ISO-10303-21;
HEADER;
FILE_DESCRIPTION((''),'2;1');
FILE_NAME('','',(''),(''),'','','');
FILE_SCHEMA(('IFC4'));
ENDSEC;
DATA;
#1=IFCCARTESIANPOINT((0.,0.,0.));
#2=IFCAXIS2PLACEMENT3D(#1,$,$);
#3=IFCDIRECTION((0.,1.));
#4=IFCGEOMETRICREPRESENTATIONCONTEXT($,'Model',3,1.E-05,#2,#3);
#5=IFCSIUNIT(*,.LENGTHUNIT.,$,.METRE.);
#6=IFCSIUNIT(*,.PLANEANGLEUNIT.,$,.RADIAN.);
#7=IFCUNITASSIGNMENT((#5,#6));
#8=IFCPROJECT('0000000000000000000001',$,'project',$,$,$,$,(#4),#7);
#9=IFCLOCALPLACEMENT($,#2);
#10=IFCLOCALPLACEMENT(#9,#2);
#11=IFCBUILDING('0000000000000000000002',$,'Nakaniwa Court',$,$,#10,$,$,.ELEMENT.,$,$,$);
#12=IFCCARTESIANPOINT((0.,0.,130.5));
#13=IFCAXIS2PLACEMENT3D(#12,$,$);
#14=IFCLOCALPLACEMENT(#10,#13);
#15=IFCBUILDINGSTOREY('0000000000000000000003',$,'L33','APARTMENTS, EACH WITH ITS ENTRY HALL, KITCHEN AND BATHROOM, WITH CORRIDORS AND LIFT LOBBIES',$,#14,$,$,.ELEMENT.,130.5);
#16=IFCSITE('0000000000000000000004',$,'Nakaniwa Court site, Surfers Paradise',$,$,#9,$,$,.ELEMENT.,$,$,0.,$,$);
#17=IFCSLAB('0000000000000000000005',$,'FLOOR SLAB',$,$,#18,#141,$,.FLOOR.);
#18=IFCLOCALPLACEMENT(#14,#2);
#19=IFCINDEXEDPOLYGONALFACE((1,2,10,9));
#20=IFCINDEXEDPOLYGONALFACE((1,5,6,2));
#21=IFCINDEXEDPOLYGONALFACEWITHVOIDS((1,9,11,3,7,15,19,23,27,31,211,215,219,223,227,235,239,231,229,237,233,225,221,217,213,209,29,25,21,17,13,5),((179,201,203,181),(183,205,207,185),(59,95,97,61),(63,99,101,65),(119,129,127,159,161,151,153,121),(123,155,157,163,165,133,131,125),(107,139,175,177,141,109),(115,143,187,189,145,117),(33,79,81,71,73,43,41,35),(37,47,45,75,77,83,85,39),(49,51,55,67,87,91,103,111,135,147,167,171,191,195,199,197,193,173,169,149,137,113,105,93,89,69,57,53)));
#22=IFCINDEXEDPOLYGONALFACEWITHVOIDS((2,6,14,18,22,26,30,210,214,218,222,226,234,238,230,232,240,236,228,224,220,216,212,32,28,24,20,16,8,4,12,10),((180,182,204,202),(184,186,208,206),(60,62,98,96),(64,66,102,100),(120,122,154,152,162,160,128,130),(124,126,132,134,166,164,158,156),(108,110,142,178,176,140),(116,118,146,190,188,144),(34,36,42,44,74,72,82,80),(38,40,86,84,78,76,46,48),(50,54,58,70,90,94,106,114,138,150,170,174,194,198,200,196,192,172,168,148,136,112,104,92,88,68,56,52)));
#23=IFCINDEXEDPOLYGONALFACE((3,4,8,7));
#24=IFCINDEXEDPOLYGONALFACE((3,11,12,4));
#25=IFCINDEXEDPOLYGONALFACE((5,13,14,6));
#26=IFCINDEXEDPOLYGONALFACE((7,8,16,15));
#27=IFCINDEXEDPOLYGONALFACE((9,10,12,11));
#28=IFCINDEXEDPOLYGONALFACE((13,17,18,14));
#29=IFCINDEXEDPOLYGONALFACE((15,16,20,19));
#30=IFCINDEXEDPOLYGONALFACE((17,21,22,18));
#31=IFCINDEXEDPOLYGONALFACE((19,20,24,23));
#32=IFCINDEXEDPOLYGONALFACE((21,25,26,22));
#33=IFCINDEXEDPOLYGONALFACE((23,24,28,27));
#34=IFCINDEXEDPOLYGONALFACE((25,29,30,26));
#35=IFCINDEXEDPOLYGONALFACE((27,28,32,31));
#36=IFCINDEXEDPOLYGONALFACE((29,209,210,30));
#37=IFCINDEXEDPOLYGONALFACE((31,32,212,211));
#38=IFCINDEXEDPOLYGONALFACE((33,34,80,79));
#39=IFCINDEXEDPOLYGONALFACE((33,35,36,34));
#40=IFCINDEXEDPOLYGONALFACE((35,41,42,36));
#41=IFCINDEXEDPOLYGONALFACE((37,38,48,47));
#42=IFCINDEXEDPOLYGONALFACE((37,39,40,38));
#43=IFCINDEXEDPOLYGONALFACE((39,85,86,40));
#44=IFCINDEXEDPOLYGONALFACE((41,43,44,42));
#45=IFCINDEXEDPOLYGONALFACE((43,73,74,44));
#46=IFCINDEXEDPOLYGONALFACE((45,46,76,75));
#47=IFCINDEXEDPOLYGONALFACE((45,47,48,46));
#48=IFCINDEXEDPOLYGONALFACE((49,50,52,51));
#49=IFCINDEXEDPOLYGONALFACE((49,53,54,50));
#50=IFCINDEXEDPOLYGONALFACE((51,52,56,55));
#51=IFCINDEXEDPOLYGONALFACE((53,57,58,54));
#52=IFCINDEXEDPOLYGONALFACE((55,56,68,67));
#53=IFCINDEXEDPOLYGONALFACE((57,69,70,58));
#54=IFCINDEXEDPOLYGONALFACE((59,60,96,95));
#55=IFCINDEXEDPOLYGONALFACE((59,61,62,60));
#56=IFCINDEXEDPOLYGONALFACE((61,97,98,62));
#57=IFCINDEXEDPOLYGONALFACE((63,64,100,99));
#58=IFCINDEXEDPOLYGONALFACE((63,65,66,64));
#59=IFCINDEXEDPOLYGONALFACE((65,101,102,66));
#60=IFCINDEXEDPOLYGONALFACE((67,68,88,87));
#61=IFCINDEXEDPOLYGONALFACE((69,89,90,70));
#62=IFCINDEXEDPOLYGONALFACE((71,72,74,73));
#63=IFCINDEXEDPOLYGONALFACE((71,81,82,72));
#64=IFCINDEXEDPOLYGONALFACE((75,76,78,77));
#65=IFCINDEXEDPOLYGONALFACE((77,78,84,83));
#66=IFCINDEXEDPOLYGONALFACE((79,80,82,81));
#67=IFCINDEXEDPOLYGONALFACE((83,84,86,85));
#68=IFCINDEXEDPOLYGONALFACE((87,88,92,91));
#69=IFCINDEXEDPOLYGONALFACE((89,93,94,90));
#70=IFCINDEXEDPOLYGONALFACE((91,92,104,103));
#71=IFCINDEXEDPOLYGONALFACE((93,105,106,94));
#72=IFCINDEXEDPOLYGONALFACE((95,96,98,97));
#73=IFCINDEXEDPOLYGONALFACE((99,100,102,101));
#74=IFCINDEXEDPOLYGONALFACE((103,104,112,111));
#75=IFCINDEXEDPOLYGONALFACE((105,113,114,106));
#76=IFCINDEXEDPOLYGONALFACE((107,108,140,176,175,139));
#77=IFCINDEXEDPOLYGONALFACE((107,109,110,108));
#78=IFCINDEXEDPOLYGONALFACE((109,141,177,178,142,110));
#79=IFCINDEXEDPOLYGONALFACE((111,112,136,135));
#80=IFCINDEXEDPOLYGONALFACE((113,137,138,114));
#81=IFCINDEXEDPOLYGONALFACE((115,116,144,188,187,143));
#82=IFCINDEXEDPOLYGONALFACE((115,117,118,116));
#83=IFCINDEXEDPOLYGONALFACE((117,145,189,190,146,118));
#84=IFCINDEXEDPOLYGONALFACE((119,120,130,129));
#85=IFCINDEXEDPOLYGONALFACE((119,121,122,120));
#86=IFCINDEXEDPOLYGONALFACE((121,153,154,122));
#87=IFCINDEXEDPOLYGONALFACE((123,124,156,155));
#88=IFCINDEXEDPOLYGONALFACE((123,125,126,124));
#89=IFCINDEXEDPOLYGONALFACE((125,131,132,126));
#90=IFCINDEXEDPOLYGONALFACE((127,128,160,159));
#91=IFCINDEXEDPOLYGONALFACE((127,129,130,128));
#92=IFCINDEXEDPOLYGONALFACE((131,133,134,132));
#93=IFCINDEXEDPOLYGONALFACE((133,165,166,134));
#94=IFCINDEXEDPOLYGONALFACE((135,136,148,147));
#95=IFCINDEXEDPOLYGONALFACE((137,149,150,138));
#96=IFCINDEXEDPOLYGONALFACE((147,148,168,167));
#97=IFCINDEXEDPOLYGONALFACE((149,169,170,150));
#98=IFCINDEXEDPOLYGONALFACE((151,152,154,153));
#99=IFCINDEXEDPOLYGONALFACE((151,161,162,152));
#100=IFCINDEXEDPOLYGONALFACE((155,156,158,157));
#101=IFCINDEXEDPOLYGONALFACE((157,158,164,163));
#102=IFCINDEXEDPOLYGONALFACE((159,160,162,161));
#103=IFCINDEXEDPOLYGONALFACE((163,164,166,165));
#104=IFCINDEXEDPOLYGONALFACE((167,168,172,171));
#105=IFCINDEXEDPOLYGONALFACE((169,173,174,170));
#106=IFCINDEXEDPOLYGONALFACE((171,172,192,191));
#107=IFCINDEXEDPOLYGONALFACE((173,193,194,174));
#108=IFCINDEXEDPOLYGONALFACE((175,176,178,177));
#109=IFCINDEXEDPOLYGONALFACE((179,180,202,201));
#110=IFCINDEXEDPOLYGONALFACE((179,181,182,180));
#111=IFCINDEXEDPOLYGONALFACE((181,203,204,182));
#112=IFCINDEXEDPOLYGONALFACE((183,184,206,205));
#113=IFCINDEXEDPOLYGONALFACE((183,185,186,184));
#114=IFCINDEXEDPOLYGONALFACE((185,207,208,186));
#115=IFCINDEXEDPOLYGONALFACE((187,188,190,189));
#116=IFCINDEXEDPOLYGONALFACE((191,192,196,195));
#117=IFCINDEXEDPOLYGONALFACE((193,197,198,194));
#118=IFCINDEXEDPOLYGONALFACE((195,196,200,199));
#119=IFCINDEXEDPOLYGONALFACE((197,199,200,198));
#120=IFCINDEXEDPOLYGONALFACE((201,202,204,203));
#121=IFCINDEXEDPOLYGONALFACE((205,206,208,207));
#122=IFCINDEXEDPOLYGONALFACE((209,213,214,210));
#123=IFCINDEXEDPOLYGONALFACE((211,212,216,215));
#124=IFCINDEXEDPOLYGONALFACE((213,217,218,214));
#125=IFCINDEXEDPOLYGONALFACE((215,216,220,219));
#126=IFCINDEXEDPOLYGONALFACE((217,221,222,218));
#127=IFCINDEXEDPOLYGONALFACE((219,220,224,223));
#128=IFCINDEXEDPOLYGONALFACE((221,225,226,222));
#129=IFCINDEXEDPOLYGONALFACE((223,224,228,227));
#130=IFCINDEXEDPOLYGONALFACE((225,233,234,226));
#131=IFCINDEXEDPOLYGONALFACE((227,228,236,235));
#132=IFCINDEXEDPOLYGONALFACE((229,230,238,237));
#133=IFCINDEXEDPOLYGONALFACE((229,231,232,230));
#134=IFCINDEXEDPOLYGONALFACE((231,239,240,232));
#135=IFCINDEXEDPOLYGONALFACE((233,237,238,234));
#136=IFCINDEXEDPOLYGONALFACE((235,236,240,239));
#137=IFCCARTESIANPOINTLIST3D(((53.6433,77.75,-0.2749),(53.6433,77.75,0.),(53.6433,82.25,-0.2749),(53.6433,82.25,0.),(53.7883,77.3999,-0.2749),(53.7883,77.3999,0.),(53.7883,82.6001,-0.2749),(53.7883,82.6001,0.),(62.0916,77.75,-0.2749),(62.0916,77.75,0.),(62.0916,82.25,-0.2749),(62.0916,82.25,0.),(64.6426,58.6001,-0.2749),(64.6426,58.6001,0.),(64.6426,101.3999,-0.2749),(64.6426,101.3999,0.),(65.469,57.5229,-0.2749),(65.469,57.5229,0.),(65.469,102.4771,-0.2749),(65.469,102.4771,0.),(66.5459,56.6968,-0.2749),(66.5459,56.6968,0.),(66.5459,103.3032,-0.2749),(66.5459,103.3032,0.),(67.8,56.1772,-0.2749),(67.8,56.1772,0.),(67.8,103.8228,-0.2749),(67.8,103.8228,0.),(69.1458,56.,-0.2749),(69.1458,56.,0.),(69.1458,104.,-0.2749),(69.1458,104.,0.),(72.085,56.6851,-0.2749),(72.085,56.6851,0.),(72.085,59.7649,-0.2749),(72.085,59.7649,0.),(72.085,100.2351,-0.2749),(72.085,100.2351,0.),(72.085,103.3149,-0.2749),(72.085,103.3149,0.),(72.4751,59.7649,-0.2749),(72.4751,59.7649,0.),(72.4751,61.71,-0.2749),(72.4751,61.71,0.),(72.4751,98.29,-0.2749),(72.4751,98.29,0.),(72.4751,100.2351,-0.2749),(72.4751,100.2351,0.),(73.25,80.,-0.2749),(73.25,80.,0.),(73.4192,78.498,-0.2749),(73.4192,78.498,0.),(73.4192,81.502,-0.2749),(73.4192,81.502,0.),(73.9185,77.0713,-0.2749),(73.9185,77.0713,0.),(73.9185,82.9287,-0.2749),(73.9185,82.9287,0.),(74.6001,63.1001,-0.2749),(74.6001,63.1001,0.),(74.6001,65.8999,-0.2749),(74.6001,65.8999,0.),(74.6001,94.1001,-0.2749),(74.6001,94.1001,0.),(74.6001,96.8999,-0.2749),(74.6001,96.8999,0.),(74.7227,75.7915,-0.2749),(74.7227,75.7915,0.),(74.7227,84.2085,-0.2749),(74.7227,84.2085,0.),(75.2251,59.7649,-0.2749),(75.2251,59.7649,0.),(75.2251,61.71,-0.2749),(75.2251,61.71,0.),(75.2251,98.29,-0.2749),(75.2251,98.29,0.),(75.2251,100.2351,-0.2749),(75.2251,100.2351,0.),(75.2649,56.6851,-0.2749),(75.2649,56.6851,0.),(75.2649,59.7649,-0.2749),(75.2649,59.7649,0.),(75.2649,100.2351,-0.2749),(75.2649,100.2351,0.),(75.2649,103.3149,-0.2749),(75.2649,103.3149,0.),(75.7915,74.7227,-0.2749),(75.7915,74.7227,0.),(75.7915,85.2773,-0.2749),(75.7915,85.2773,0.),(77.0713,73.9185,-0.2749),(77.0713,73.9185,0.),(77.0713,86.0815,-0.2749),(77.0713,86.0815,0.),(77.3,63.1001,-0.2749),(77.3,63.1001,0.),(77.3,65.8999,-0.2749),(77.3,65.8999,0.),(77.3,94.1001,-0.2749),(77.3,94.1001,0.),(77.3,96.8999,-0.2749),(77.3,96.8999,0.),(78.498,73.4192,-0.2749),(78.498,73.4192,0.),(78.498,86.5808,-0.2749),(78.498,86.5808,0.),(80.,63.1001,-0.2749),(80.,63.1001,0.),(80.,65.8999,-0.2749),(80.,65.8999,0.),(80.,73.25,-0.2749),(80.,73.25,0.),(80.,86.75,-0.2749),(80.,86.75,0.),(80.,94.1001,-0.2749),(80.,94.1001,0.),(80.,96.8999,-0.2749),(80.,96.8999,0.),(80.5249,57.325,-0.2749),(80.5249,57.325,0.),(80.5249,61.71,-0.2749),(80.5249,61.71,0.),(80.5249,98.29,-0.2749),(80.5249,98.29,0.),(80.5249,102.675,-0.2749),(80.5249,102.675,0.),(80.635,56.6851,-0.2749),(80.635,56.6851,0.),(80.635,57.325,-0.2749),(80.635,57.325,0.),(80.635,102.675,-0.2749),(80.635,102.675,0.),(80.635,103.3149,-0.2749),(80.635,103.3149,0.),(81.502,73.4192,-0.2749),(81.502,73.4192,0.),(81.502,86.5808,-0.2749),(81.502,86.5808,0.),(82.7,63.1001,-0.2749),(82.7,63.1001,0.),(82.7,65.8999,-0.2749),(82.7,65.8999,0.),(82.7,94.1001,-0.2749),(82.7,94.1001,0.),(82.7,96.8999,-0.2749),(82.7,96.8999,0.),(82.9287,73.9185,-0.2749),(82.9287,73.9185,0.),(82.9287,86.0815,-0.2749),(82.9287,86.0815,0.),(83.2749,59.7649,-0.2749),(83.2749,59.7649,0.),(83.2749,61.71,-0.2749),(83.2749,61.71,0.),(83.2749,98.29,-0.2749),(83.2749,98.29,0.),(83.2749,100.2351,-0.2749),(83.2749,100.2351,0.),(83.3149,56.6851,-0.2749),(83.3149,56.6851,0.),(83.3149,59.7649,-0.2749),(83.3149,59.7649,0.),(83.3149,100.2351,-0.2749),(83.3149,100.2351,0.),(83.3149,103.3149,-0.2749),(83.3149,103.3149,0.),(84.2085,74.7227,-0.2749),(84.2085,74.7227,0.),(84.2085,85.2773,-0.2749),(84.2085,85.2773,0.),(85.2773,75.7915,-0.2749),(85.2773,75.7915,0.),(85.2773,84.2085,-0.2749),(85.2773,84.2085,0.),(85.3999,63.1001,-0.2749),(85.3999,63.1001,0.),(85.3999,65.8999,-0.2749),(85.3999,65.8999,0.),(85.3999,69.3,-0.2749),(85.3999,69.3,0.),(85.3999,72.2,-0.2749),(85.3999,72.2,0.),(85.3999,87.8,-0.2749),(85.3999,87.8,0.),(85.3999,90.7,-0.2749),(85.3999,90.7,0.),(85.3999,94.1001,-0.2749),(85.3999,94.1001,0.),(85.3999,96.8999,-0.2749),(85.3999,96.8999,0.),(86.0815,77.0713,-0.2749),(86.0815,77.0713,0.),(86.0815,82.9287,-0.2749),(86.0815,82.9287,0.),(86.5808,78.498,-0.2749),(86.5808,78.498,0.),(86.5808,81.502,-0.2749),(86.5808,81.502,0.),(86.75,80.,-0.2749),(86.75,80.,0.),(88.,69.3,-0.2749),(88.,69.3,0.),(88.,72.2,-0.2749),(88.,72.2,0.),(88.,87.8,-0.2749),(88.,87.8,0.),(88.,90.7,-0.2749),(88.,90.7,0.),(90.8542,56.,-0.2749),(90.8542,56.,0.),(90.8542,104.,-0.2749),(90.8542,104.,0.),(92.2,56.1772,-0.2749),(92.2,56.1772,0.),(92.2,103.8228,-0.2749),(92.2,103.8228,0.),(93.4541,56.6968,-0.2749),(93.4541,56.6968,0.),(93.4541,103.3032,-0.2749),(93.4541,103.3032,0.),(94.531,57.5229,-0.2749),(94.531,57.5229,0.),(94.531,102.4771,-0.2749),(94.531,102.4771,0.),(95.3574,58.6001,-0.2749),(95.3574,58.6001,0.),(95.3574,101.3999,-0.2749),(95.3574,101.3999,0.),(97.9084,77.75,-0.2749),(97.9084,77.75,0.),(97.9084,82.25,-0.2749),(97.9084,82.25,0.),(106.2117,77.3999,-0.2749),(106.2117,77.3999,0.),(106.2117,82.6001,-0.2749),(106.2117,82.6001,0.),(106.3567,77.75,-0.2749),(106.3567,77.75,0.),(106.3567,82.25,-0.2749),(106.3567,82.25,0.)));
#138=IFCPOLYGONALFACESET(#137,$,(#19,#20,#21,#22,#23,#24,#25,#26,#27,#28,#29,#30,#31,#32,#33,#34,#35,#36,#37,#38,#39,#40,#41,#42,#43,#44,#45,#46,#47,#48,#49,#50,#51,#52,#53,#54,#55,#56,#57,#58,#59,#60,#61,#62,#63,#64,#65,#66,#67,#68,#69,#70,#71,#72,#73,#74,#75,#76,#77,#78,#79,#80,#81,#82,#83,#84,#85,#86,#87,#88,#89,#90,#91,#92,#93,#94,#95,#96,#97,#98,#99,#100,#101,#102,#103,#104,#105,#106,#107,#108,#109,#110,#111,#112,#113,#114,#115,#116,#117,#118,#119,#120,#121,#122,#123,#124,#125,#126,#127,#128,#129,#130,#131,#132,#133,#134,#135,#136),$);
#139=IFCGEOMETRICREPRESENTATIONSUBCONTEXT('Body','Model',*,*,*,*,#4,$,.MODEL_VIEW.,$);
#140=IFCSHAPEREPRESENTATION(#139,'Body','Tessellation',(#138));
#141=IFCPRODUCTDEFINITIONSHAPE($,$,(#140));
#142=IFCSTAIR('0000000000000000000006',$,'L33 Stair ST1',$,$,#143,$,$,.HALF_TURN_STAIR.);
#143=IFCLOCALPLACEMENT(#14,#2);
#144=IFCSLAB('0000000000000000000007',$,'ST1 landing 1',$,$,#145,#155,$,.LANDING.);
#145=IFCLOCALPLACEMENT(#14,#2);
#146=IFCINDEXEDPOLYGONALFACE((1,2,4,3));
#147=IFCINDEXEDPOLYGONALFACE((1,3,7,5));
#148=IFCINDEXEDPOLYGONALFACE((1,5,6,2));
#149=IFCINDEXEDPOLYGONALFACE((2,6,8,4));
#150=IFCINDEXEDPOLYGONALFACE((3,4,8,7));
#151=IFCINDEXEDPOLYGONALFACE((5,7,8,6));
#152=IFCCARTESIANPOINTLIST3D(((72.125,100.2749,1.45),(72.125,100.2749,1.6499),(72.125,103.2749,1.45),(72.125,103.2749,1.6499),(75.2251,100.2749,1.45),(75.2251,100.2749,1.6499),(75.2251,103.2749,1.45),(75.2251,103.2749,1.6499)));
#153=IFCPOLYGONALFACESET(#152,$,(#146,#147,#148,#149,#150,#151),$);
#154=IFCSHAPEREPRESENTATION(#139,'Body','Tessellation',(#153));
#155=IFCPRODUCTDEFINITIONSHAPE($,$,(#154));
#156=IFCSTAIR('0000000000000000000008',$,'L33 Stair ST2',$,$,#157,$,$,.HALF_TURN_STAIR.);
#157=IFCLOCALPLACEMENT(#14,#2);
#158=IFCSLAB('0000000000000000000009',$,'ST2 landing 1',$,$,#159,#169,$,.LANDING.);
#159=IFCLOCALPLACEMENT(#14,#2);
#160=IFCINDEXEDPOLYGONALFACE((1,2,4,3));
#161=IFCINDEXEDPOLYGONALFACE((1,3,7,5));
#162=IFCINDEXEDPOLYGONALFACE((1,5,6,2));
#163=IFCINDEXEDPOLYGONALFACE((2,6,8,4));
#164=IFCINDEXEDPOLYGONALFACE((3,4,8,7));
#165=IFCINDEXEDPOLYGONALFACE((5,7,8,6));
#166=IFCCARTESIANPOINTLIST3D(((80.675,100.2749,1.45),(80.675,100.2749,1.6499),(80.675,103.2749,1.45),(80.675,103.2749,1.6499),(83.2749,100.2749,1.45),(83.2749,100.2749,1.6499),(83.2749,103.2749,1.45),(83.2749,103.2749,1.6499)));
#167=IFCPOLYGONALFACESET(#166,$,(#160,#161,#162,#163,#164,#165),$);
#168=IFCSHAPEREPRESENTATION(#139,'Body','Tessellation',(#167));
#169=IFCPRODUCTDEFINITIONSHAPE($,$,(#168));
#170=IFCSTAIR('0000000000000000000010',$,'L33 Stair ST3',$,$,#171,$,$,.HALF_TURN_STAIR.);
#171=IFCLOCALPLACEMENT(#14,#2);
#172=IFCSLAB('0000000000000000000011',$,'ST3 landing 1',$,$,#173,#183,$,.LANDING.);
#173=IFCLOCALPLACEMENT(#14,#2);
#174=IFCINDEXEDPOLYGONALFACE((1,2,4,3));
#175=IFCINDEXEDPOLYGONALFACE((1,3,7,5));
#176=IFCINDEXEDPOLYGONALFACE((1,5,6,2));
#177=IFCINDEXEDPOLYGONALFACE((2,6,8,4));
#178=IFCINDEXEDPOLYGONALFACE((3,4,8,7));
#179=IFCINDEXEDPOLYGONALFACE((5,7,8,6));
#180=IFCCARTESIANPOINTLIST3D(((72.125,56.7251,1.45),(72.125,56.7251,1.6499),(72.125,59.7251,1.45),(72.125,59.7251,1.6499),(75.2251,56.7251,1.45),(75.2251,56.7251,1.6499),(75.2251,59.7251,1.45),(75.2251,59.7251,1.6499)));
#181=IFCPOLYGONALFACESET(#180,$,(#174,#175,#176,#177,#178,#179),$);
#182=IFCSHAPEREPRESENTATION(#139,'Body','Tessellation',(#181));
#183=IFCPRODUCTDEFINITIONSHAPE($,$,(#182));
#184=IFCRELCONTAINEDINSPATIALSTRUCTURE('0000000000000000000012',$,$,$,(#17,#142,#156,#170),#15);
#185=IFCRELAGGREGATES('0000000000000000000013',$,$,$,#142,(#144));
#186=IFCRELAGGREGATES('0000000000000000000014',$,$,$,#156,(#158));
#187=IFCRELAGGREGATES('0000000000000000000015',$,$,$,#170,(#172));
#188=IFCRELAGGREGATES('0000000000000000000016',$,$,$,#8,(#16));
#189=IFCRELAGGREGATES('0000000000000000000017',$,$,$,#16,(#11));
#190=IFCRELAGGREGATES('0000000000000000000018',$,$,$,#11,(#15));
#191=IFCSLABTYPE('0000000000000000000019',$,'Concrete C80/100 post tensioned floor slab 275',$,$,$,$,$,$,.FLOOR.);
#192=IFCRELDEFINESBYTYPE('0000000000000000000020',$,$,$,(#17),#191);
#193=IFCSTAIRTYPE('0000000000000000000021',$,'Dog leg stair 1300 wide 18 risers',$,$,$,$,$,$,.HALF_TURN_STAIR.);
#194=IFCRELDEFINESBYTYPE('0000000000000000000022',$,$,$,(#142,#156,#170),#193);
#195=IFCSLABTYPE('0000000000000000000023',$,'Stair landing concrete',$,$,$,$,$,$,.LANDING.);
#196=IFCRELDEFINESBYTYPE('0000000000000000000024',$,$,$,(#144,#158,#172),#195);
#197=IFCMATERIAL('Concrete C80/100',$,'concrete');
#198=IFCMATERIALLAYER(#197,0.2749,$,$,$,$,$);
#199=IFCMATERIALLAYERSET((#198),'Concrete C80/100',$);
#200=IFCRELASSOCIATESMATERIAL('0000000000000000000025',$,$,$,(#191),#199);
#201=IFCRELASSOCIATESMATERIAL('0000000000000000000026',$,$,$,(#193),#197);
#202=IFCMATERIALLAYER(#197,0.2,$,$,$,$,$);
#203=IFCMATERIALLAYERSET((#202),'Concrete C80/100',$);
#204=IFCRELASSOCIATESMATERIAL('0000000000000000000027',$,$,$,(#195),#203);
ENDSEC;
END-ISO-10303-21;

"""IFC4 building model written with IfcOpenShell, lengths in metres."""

from ifc_helpers import new_model, si_unit, direction, frame, origin, place, context, subcontext, project, spatial, polyline, outline, extrude, material, layer, layer_set, type_object, element, aggregate, save


model = new_model("IFC4")

# Units and contexts
model_context = context("Model", 3, precision=1e-05, world=origin(), true_north=direction((0.0, 1.0)))
body_context = subcontext(model_context, "Body", "Model", "MODEL_VIEW")
ifc_project = project(units=[si_unit("LENGTHUNIT", "METRE"), si_unit("PLANEANGLEUNIT", "RADIAN")], contexts=[model_context])

# Site, building, storey
site_placement = place(None, origin())
site = spatial("IfcSite", under=ifc_project, at=site_placement, Name="Nakaniwa Court site, Surfers Paradise", CompositionType="ELEMENT", RefElevation=0.0)
building_placement = place(site_placement, origin())
building = spatial("IfcBuilding", under=site, at=building_placement, Name="Nakaniwa Court", CompositionType="ELEMENT")
storey_placement = place(building_placement, frame((0.0, 0.0, 130.5)))
storey = spatial("IfcBuildingStorey", under=building, at=storey_placement, Name="L33", Description="APARTMENTS, EACH WITH ITS ENTRY HALL, KITCHEN AND BATHROOM, WITH CORRIDORS AND LIFT LOBBIES", CompositionType="ELEMENT", Elevation=130.5)

# Shared definitions
ifc_material_1 = material(Name="Concrete C80/100", Category="concrete")

# Slab
ifc_layer_1 = layer(ifc_material_1, 0.2749)
ifc_layer_set_1 = layer_set([ifc_layer_1], Name="Concrete C80/100")
slab_type_1 = type_object("IfcSlabType", Name="Concrete C80/100 post tensioned floor slab 275", PredefinedType="FLOOR", material=ifc_layer_set_1)
slab_1_placement = place(storey_placement, frame((0.0, 0.0, -0.2749)))
element("IfcSlab", 1, at=slab_1_placement, inside=storey, type_object=slab_type_1, Name="FLOOR SLAB", PredefinedType="FLOOR", context=body_context, shape_type="SweptSolid", body=[
    extrude(outline(polyline([(97.9084, 82.25), (106.3567, 82.25), (106.2117, 82.6001), (95.3574, 101.3999), (94.531, 102.4771), (93.4541, 103.3032), (92.2, 103.8228), (90.8542, 104.0), (69.1458, 104.0), (67.8, 103.8228), (66.5459, 103.3032), (65.469, 102.4771), (64.6426, 101.3999), (53.7883, 82.6001), (53.6433, 82.25), (62.0916, 82.25), (62.0916, 77.75), (53.6433, 77.75), (53.7883, 77.3999), (64.6426, 58.6001), (65.469, 57.5229), (66.5459, 56.6968), (67.8, 56.1772), (69.1458, 56.0), (90.8542, 56.0), (92.2, 56.1772), (93.4541, 56.6968), (94.531, 57.5229), (95.3574, 58.6001), (106.2117, 77.3999), (106.3567, 77.75), (97.9084, 77.75), (97.9084, 82.25)]), holes=[polyline([(81.502, 86.5808), (80.0, 86.75), (78.498, 86.5808), (77.0713, 86.0815), (75.7915, 85.2773), (74.7227, 84.2085), (73.9185, 82.9287), (73.4192, 81.502), (73.25, 80.0), (73.4192, 78.498), (73.9185, 77.0713), (74.7227, 75.7915), (75.7915, 74.7227), (77.0713, 73.9185), (78.498, 73.4192), (80.0, 73.25), (81.502, 73.4192), (82.9287, 73.9185), (84.2085, 74.7227), (85.2773, 75.7915), (86.0815, 77.0713), (86.5808, 78.498), (86.75, 80.0), (86.5808, 81.502), (86.0815, 82.9287), (85.2773, 84.2085), (84.2085, 85.2773), (82.9287, 86.0815), (81.502, 86.5808)]), polyline([(72.4751, 61.71), (72.4751, 59.7649), (72.085, 59.7649), (72.085, 56.6851), (75.2649, 56.6851), (75.2649, 59.7649), (75.2251, 59.7649), (75.2251, 61.71), (72.4751, 61.71)]), polyline([(77.3, 65.8999), (74.6001, 65.8999), (74.6001, 63.1001), (77.3, 63.1001), (77.3, 65.8999)]), polyline([(80.0, 65.8999), (80.0, 63.1001), (82.7, 63.1001), (85.3999, 63.1001), (85.3999, 65.8999), (82.7, 65.8999), (80.0, 65.8999)]), polyline([(77.3, 96.8999), (74.6001, 96.8999), (74.6001, 94.1001), (77.3, 94.1001), (77.3, 96.8999)]), polyline([(80.0, 96.8999), (80.0, 94.1001), (82.7, 94.1001), (85.3999, 94.1001), (85.3999, 96.8999), (82.7, 96.8999), (80.0, 96.8999)]), polyline([(75.2649, 100.2351), (75.2649, 103.3149), (72.085, 103.3149), (72.085, 100.2351), (72.4751, 100.2351), (72.4751, 98.29), (75.2251, 98.29), (75.2251, 100.2351), (75.2649, 100.2351)]), polyline([(83.2749, 61.71), (80.5249, 61.71), (80.5249, 57.325), (80.635, 57.325), (80.635, 56.6851), (83.3149, 56.6851), (83.3149, 59.7649), (83.2749, 59.7649), (83.2749, 61.71)]), polyline([(88.0, 72.2), (85.3999, 72.2), (85.3999, 69.3), (88.0, 69.3), (88.0, 72.2)]), polyline([(88.0, 90.7), (85.3999, 90.7), (85.3999, 87.8), (88.0, 87.8), (88.0, 90.7)]), polyline([(83.3149, 100.2351), (83.3149, 103.3149), (80.635, 103.3149), (80.635, 102.675), (80.5249, 102.675), (80.5249, 98.29), (83.2749, 98.29), (83.2749, 100.2351), (83.3149, 100.2351)])]), origin(), (0.0, 0.0, 1.0), 0.2749),
])

# Stairs, slabs
stair_type = type_object("IfcStairType", Name="Dog leg stair 1300 wide 18 risers", PredefinedType="HALF_TURN_STAIR", material=ifc_material_1)
stair_1_placement = place(storey_placement, origin())
stair_1 = element("IfcStair", 2, at=stair_1_placement, inside=storey, type_object=stair_type, Name="L33 Stair ST1", PredefinedType="HALF_TURN_STAIR")
ifc_layer_2 = layer(ifc_material_1, 0.2)
ifc_layer_set_2 = layer_set([ifc_layer_2], Name="Concrete C80/100")
slab_type_2 = type_object("IfcSlabType", Name="Stair landing concrete", PredefinedType="LANDING", material=ifc_layer_set_2)
slab_2_placement = place(storey_placement, frame((0.0, 0.0, 1.45)))
slab_2 = element("IfcSlab", 3, at=slab_2_placement, type_object=slab_type_2, Name="ST1 landing 1", PredefinedType="LANDING", context=body_context, shape_type="SweptSolid", body=[
    extrude(outline(polyline([(75.2251, 100.2749), (75.2251, 103.2749), (72.125, 103.2749), (72.125, 100.2749), (75.2251, 100.2749)])), origin(), (0.0, 0.0, 1.0), 0.2),
])
aggregate(stair_1, [slab_2])
stair_2_placement = place(storey_placement, origin())
stair_2 = element("IfcStair", 4, at=stair_2_placement, inside=storey, type_object=stair_type, Name="L33 Stair ST2", PredefinedType="HALF_TURN_STAIR")
slab_3_placement = place(storey_placement, frame((0.0, 0.0, 1.45)))
slab_3 = element("IfcSlab", 5, at=slab_3_placement, type_object=slab_type_2, Name="ST2 landing 1", PredefinedType="LANDING", context=body_context, shape_type="SweptSolid", body=[
    extrude(outline(polyline([(83.2749, 100.2749), (83.2749, 103.2749), (80.675, 103.2749), (80.675, 100.2749), (83.2749, 100.2749)])), origin(), (0.0, 0.0, 1.0), 0.2),
])
aggregate(stair_2, [slab_3])
stair_3_placement = place(storey_placement, origin())
stair_3 = element("IfcStair", 6, at=stair_3_placement, inside=storey, type_object=stair_type, Name="L33 Stair ST3", PredefinedType="HALF_TURN_STAIR")
slab_4_placement = place(storey_placement, frame((0.0, 0.0, 1.45)))
slab_4 = element("IfcSlab", 7, at=slab_4_placement, type_object=slab_type_2, Name="ST3 landing 1", PredefinedType="LANDING", context=body_context, shape_type="SweptSolid", body=[
    extrude(outline(polyline([(75.2251, 56.7251), (75.2251, 59.7251), (72.125, 59.7251), (72.125, 56.7251), (75.2251, 56.7251)])), origin(), (0.0, 0.0, 1.0), 0.2),
])
aggregate(stair_3, [slab_4])

save(model, "model.ifc")
